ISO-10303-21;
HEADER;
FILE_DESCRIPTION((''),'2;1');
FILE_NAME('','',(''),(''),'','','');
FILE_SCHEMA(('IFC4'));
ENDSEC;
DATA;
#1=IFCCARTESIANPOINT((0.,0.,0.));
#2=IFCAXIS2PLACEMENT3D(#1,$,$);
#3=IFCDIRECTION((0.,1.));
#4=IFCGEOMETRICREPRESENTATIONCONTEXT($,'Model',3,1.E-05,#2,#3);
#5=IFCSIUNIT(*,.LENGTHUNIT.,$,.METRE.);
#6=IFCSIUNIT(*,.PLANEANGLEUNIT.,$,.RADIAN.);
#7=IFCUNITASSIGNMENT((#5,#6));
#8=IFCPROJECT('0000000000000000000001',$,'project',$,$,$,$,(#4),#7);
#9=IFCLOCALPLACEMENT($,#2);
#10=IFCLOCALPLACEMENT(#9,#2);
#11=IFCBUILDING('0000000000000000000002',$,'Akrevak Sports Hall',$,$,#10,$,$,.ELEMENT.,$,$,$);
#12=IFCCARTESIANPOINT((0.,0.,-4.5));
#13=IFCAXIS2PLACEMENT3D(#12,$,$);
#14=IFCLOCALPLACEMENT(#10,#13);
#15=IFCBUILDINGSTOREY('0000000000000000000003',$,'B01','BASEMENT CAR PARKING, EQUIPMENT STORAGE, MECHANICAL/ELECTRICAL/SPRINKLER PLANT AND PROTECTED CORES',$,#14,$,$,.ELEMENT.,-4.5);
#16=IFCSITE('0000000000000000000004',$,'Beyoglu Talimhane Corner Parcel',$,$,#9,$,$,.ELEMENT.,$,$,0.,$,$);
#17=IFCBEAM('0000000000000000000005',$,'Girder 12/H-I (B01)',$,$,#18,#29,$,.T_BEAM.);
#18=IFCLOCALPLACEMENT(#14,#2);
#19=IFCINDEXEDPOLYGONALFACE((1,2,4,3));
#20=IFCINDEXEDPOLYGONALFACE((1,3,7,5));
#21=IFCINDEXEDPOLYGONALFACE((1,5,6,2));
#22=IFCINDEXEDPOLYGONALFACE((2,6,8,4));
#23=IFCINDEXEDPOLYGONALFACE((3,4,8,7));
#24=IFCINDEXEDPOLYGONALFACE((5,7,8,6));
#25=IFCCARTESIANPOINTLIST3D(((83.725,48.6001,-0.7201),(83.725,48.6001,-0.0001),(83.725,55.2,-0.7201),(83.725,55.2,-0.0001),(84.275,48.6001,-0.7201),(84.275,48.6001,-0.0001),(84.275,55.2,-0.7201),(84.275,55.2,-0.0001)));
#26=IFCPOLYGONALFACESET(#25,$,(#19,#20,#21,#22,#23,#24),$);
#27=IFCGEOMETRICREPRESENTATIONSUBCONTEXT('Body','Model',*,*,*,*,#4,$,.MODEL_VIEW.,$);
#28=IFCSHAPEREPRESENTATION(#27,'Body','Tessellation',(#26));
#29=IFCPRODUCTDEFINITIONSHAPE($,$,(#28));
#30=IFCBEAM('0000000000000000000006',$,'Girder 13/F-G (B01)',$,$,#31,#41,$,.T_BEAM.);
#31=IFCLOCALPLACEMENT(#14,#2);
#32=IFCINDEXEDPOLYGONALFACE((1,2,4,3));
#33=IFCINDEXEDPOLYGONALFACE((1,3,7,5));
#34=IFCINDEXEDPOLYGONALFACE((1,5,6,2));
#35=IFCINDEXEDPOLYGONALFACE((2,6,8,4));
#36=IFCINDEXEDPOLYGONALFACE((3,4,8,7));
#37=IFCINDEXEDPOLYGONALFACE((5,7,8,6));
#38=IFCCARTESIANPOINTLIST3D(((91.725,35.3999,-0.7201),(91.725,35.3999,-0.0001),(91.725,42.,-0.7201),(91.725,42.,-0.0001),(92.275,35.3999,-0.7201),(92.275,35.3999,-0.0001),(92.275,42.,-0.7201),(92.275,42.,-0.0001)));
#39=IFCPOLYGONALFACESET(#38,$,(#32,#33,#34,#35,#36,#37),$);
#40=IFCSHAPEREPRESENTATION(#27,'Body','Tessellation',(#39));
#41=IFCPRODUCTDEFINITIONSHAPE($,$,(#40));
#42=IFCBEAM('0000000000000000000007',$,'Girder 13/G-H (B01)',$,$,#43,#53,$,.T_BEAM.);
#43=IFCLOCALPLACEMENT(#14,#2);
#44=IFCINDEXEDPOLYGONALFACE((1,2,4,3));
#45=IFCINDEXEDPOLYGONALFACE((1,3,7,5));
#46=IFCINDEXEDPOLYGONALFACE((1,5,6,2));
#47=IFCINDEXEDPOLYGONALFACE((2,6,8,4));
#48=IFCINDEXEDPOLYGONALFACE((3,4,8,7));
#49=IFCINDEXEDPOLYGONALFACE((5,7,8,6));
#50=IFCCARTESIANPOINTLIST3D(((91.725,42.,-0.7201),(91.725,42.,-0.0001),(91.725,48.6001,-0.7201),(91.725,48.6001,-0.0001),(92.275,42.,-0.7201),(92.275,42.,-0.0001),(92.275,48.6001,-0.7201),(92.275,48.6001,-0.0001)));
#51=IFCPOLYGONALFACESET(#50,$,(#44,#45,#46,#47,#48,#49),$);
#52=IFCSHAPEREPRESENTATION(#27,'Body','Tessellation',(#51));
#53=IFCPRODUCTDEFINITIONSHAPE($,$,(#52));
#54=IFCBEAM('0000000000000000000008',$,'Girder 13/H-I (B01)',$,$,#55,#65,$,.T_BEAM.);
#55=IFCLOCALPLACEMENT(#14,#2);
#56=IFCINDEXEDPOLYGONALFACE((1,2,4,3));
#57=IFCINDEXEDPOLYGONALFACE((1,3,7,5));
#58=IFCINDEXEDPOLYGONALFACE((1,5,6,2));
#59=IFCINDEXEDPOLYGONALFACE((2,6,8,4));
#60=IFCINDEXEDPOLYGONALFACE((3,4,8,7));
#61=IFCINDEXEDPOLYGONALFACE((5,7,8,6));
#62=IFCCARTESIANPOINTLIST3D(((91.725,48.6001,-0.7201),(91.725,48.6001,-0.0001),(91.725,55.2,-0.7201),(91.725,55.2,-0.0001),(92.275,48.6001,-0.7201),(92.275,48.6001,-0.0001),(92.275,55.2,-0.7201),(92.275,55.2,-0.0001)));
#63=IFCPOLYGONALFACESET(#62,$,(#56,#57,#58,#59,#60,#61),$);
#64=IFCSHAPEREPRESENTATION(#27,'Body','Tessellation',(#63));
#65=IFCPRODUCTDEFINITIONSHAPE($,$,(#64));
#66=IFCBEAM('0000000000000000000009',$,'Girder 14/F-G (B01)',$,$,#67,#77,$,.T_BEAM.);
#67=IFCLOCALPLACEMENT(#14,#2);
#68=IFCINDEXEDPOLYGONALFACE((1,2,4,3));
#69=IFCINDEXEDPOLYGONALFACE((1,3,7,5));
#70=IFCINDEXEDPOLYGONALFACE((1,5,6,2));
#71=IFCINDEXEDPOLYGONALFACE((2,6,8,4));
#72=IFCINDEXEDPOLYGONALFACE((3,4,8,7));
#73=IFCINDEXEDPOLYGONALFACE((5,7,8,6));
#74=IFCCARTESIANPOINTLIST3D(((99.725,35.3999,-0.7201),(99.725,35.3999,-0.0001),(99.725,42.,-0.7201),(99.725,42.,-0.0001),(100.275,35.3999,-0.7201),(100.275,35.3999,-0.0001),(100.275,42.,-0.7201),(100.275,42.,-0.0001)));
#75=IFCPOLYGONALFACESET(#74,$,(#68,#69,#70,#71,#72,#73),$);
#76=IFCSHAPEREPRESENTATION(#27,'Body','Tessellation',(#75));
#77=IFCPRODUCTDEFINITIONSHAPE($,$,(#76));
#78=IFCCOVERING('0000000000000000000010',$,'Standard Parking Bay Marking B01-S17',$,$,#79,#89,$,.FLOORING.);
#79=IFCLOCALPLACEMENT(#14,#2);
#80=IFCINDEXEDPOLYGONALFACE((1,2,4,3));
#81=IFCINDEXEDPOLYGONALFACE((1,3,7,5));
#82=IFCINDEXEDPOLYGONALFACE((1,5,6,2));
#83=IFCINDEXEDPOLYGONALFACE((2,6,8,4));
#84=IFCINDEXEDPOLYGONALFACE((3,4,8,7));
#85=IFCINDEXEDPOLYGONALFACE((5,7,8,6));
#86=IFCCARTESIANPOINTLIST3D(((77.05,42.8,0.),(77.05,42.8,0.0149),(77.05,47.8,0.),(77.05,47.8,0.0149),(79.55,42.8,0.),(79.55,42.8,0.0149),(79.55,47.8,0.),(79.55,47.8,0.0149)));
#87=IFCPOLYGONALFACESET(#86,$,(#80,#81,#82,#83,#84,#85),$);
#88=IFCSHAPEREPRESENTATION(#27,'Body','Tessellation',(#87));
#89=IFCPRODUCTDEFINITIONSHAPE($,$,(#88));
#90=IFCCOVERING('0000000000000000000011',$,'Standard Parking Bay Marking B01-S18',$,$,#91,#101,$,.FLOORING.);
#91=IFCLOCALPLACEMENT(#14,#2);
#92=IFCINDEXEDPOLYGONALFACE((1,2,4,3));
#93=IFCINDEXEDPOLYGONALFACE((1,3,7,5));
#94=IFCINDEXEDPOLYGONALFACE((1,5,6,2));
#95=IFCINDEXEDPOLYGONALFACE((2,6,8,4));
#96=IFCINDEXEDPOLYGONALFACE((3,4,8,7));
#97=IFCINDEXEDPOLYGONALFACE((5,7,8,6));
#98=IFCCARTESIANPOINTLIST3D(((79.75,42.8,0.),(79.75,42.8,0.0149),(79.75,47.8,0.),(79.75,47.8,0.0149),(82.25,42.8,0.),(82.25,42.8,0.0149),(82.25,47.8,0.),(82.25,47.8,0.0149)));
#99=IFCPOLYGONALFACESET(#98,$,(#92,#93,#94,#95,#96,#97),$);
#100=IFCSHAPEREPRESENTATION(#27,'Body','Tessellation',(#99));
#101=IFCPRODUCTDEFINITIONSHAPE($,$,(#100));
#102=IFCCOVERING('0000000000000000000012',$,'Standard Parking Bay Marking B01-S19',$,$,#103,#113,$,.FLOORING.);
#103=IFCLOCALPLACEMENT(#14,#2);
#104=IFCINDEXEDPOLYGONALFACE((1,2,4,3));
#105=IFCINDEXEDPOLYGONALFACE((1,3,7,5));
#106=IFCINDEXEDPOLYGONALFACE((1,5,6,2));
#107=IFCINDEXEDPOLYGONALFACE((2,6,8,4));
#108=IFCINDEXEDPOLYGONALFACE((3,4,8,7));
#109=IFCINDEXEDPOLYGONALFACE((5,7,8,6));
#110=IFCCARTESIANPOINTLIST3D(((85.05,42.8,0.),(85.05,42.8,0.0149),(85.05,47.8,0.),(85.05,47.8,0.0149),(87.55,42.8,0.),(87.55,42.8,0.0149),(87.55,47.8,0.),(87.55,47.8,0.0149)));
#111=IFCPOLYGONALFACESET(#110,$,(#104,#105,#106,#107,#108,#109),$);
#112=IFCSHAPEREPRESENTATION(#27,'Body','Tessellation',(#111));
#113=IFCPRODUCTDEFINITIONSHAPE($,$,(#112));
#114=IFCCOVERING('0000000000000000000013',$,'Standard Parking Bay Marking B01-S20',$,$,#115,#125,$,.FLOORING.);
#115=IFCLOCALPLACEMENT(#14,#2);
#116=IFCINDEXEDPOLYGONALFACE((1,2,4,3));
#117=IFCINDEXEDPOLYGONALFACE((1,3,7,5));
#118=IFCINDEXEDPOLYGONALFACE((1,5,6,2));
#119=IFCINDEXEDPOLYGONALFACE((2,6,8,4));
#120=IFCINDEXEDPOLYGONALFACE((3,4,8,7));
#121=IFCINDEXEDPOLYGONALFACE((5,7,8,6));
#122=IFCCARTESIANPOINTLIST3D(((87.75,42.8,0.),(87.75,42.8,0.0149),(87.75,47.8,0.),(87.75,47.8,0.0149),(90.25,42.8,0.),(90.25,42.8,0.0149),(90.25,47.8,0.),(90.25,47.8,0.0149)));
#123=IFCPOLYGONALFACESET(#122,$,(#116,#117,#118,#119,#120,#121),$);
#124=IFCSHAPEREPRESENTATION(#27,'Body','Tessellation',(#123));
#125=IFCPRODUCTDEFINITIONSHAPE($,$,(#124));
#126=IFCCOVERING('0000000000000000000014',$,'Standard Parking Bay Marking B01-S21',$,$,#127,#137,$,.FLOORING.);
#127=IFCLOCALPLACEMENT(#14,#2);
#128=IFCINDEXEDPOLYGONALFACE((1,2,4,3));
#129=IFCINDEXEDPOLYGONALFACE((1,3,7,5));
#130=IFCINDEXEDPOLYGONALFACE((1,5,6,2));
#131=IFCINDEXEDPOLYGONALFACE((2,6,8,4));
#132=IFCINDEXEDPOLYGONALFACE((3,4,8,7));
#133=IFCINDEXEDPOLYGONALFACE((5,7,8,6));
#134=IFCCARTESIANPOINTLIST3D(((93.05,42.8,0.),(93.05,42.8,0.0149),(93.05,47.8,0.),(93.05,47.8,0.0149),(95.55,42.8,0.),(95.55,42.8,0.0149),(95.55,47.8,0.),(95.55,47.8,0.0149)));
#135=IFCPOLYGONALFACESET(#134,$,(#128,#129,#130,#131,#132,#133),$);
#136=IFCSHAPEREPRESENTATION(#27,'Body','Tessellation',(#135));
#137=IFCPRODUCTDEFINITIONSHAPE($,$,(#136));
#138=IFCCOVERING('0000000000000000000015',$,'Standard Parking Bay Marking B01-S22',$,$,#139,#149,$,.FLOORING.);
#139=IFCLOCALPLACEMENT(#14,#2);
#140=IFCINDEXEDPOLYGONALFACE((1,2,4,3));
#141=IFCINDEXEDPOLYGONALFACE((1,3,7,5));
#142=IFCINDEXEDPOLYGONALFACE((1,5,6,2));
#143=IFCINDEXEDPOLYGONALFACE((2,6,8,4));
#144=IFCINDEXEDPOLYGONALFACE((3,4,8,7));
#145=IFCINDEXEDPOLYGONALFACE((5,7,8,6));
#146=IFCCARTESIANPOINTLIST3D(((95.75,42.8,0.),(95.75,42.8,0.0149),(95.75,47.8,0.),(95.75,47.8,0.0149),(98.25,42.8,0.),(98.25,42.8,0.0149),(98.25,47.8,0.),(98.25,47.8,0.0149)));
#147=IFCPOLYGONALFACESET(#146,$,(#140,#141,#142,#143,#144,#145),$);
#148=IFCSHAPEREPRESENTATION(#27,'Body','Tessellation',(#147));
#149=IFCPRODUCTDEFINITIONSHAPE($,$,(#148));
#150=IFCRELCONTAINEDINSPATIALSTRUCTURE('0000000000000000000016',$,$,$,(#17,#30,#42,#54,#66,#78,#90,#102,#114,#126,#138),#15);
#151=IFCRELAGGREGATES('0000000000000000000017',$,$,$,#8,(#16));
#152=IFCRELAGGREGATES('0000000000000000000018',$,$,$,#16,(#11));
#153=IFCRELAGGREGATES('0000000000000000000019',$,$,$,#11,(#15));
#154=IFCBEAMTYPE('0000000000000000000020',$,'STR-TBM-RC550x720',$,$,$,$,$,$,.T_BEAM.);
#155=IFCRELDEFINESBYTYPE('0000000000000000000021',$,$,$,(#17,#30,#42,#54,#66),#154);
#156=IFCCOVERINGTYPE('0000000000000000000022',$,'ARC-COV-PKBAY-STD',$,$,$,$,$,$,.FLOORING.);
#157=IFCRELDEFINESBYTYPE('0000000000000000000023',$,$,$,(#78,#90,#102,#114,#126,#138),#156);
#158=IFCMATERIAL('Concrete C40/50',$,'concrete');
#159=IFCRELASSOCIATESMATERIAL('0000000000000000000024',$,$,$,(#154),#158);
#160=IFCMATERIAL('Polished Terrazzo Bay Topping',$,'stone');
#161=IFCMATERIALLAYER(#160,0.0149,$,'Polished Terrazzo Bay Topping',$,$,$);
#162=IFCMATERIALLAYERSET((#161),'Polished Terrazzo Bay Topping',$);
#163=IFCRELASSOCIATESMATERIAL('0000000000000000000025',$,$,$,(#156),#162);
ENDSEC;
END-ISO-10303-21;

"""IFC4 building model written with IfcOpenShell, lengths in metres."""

from ifc_helpers import new_model, si_unit, direction, frame, origin, origin_2d, place, context, subcontext, project, spatial, rectangle, extrude, material, layer, layer_set, material_profile, profile_set, type_object, element, save


model = new_model("IFC4")

# Units and contexts
model_context = context("Model", 3, precision=1e-05, world=origin(), true_north=direction((0.0, 1.0)))
body_context = subcontext(model_context, "Body", "Model", "MODEL_VIEW")
ifc_project = project(units=[si_unit("LENGTHUNIT", "METRE"), si_unit("PLANEANGLEUNIT", "RADIAN")], contexts=[model_context])

# Site, building, storey
site_placement = place(None, origin())
site = spatial("IfcSite", under=ifc_project, at=site_placement, Name="Beyoglu Talimhane Corner Parcel", CompositionType="ELEMENT", RefElevation=0.0)
building_placement = place(site_placement, origin())
building = spatial("IfcBuilding", under=site, at=building_placement, Name="Akrevak Sports Hall", CompositionType="ELEMENT")
storey_placement = place(building_placement, frame((0.0, 0.0, -4.5)))
storey = spatial("IfcBuildingStorey", under=building, at=storey_placement, Name="B01", Description="BASEMENT CAR PARKING, EQUIPMENT STORAGE, MECHANICAL/ELECTRICAL/SPRINKLER PLANT AND PROTECTED CORES", CompositionType="ELEMENT", Elevation=-4.5)

# Beams
ifc_material_1 = material(Name="Concrete C40/50", Category="concrete")
ifc_material_profile_1 = material_profile(ifc_material_1, rectangle(XDim=0.55, YDim=0.72, at=origin_2d()), Name="TBM 550x720", Category="concrete")
ifc_profile_set_1 = profile_set([ifc_material_profile_1], Name="Concrete C40/50")
beam_type_1 = type_object("IfcBeamType", Name="STR-TBM-RC550x720", PredefinedType="T_BEAM", material=ifc_profile_set_1)
beam_1_placement = place(storey_placement, frame((84.0, 48.6001, -0.3601), z_axis=(0.0, 1.0, 0.0), x_axis=(-1.0, 0.0, 0.0)))
element("IfcBeam", 1, at=beam_1_placement, inside=storey, type_object=beam_type_1, Name="Girder 12/H-I (B01)", PredefinedType="T_BEAM", context=body_context, shape_type="SweptSolid", body=[
    extrude(rectangle(XDim=0.55, YDim=0.72, at=origin_2d()), origin(), (0.0, 0.0, 1.0), 6.5999),
])
for number, where, z_axis, x_axis, name in (
    (2, (92.0, 35.3999, -0.3601), (0.0, 1.0, 0.0), (-1.0, 0.0, 0.0), "Girder 13/F-G (B01)"),
    (3, (92.0, 42.0, -0.3601), (0.0, 1.0, 0.0), (-1.0, 0.0, 0.0), "Girder 13/G-H (B01)"),
):
    element("IfcBeam", number, at=place(storey_placement, frame(where, z_axis=z_axis, x_axis=x_axis)), inside=storey, type_object=beam_type_1, Name=name, PredefinedType="T_BEAM", context=body_context, shape_type="SweptSolid", body=[
        extrude(rectangle(XDim=0.55, YDim=0.72, at=origin_2d()), origin(), (0.0, 0.0, 1.0), 6.6001),
    ])
beam_2_placement = place(storey_placement, frame((92.0, 48.6001, -0.3601), z_axis=(0.0, 1.0, 0.0), x_axis=(-1.0, 0.0, 0.0)))
element("IfcBeam", 4, at=beam_2_placement, inside=storey, type_object=beam_type_1, Name="Girder 13/H-I (B01)", PredefinedType="T_BEAM", context=body_context, shape_type="SweptSolid", body=[
    extrude(rectangle(XDim=0.55, YDim=0.72, at=origin_2d()), origin(), (0.0, 0.0, 1.0), 6.5999),
])
beam_3_placement = place(storey_placement, frame((100.0, 35.3999, -0.3601), z_axis=(0.0, 1.0, 0.0), x_axis=(-1.0, 0.0, 0.0)))
element("IfcBeam", 5, at=beam_3_placement, inside=storey, type_object=beam_type_1, Name="Girder 14/F-G (B01)", PredefinedType="T_BEAM", context=body_context, shape_type="SweptSolid", body=[
    extrude(rectangle(XDim=0.55, YDim=0.72, at=origin_2d()), origin(), (0.0, 0.0, 1.0), 6.6001),
])

# Coverings
ifc_material_2 = material(Name="Polished Terrazzo Bay Topping", Category="stone")
ifc_layer = layer(ifc_material_2, 0.0149, Name="Polished Terrazzo Bay Topping")
ifc_layer_set = layer_set([ifc_layer], Name="Polished Terrazzo Bay Topping")
covering_type = type_object("IfcCoveringType", Name="ARC-COV-PKBAY-STD", PredefinedType="FLOORING", material=ifc_layer_set)
for number, where, z_axis, x_axis, name in (
    (6, (78.3, 45.3, 0.0), (0.0, 0.0, 1.0), (1.0, 0.0, 0.0), "Standard Parking Bay Marking B01-S17"),
    (7, (81.0, 45.3, 0.0), (0.0, 0.0, 1.0), (1.0, 0.0, 0.0), "Standard Parking Bay Marking B01-S18"),
    (8, (86.3, 45.3, 0.0), (0.0, 0.0, 1.0), (1.0, 0.0, 0.0), "Standard Parking Bay Marking B01-S19"),
    (9, (89.0, 45.3, 0.0), (0.0, 0.0, 1.0), (1.0, 0.0, 0.0), "Standard Parking Bay Marking B01-S20"),
    (10, (94.3, 45.3, 0.0), (0.0, 0.0, 1.0), (1.0, 0.0, 0.0), "Standard Parking Bay Marking B01-S21"),
    (11, (97.0, 45.3, 0.0), (0.0, 0.0, 1.0), (1.0, 0.0, 0.0), "Standard Parking Bay Marking B01-S22"),
):
    element("IfcCovering", number, at=place(storey_placement, frame(where, z_axis=z_axis, x_axis=x_axis)), inside=storey, type_object=covering_type, Name=name, PredefinedType="FLOORING", context=body_context, shape_type="SweptSolid", body=[
        extrude(rectangle(XDim=2.5, YDim=5.0, at=origin_2d()), origin(), (0.0, 0.0, 1.0), 0.0149),
    ])

save(model, "model.ifc")
